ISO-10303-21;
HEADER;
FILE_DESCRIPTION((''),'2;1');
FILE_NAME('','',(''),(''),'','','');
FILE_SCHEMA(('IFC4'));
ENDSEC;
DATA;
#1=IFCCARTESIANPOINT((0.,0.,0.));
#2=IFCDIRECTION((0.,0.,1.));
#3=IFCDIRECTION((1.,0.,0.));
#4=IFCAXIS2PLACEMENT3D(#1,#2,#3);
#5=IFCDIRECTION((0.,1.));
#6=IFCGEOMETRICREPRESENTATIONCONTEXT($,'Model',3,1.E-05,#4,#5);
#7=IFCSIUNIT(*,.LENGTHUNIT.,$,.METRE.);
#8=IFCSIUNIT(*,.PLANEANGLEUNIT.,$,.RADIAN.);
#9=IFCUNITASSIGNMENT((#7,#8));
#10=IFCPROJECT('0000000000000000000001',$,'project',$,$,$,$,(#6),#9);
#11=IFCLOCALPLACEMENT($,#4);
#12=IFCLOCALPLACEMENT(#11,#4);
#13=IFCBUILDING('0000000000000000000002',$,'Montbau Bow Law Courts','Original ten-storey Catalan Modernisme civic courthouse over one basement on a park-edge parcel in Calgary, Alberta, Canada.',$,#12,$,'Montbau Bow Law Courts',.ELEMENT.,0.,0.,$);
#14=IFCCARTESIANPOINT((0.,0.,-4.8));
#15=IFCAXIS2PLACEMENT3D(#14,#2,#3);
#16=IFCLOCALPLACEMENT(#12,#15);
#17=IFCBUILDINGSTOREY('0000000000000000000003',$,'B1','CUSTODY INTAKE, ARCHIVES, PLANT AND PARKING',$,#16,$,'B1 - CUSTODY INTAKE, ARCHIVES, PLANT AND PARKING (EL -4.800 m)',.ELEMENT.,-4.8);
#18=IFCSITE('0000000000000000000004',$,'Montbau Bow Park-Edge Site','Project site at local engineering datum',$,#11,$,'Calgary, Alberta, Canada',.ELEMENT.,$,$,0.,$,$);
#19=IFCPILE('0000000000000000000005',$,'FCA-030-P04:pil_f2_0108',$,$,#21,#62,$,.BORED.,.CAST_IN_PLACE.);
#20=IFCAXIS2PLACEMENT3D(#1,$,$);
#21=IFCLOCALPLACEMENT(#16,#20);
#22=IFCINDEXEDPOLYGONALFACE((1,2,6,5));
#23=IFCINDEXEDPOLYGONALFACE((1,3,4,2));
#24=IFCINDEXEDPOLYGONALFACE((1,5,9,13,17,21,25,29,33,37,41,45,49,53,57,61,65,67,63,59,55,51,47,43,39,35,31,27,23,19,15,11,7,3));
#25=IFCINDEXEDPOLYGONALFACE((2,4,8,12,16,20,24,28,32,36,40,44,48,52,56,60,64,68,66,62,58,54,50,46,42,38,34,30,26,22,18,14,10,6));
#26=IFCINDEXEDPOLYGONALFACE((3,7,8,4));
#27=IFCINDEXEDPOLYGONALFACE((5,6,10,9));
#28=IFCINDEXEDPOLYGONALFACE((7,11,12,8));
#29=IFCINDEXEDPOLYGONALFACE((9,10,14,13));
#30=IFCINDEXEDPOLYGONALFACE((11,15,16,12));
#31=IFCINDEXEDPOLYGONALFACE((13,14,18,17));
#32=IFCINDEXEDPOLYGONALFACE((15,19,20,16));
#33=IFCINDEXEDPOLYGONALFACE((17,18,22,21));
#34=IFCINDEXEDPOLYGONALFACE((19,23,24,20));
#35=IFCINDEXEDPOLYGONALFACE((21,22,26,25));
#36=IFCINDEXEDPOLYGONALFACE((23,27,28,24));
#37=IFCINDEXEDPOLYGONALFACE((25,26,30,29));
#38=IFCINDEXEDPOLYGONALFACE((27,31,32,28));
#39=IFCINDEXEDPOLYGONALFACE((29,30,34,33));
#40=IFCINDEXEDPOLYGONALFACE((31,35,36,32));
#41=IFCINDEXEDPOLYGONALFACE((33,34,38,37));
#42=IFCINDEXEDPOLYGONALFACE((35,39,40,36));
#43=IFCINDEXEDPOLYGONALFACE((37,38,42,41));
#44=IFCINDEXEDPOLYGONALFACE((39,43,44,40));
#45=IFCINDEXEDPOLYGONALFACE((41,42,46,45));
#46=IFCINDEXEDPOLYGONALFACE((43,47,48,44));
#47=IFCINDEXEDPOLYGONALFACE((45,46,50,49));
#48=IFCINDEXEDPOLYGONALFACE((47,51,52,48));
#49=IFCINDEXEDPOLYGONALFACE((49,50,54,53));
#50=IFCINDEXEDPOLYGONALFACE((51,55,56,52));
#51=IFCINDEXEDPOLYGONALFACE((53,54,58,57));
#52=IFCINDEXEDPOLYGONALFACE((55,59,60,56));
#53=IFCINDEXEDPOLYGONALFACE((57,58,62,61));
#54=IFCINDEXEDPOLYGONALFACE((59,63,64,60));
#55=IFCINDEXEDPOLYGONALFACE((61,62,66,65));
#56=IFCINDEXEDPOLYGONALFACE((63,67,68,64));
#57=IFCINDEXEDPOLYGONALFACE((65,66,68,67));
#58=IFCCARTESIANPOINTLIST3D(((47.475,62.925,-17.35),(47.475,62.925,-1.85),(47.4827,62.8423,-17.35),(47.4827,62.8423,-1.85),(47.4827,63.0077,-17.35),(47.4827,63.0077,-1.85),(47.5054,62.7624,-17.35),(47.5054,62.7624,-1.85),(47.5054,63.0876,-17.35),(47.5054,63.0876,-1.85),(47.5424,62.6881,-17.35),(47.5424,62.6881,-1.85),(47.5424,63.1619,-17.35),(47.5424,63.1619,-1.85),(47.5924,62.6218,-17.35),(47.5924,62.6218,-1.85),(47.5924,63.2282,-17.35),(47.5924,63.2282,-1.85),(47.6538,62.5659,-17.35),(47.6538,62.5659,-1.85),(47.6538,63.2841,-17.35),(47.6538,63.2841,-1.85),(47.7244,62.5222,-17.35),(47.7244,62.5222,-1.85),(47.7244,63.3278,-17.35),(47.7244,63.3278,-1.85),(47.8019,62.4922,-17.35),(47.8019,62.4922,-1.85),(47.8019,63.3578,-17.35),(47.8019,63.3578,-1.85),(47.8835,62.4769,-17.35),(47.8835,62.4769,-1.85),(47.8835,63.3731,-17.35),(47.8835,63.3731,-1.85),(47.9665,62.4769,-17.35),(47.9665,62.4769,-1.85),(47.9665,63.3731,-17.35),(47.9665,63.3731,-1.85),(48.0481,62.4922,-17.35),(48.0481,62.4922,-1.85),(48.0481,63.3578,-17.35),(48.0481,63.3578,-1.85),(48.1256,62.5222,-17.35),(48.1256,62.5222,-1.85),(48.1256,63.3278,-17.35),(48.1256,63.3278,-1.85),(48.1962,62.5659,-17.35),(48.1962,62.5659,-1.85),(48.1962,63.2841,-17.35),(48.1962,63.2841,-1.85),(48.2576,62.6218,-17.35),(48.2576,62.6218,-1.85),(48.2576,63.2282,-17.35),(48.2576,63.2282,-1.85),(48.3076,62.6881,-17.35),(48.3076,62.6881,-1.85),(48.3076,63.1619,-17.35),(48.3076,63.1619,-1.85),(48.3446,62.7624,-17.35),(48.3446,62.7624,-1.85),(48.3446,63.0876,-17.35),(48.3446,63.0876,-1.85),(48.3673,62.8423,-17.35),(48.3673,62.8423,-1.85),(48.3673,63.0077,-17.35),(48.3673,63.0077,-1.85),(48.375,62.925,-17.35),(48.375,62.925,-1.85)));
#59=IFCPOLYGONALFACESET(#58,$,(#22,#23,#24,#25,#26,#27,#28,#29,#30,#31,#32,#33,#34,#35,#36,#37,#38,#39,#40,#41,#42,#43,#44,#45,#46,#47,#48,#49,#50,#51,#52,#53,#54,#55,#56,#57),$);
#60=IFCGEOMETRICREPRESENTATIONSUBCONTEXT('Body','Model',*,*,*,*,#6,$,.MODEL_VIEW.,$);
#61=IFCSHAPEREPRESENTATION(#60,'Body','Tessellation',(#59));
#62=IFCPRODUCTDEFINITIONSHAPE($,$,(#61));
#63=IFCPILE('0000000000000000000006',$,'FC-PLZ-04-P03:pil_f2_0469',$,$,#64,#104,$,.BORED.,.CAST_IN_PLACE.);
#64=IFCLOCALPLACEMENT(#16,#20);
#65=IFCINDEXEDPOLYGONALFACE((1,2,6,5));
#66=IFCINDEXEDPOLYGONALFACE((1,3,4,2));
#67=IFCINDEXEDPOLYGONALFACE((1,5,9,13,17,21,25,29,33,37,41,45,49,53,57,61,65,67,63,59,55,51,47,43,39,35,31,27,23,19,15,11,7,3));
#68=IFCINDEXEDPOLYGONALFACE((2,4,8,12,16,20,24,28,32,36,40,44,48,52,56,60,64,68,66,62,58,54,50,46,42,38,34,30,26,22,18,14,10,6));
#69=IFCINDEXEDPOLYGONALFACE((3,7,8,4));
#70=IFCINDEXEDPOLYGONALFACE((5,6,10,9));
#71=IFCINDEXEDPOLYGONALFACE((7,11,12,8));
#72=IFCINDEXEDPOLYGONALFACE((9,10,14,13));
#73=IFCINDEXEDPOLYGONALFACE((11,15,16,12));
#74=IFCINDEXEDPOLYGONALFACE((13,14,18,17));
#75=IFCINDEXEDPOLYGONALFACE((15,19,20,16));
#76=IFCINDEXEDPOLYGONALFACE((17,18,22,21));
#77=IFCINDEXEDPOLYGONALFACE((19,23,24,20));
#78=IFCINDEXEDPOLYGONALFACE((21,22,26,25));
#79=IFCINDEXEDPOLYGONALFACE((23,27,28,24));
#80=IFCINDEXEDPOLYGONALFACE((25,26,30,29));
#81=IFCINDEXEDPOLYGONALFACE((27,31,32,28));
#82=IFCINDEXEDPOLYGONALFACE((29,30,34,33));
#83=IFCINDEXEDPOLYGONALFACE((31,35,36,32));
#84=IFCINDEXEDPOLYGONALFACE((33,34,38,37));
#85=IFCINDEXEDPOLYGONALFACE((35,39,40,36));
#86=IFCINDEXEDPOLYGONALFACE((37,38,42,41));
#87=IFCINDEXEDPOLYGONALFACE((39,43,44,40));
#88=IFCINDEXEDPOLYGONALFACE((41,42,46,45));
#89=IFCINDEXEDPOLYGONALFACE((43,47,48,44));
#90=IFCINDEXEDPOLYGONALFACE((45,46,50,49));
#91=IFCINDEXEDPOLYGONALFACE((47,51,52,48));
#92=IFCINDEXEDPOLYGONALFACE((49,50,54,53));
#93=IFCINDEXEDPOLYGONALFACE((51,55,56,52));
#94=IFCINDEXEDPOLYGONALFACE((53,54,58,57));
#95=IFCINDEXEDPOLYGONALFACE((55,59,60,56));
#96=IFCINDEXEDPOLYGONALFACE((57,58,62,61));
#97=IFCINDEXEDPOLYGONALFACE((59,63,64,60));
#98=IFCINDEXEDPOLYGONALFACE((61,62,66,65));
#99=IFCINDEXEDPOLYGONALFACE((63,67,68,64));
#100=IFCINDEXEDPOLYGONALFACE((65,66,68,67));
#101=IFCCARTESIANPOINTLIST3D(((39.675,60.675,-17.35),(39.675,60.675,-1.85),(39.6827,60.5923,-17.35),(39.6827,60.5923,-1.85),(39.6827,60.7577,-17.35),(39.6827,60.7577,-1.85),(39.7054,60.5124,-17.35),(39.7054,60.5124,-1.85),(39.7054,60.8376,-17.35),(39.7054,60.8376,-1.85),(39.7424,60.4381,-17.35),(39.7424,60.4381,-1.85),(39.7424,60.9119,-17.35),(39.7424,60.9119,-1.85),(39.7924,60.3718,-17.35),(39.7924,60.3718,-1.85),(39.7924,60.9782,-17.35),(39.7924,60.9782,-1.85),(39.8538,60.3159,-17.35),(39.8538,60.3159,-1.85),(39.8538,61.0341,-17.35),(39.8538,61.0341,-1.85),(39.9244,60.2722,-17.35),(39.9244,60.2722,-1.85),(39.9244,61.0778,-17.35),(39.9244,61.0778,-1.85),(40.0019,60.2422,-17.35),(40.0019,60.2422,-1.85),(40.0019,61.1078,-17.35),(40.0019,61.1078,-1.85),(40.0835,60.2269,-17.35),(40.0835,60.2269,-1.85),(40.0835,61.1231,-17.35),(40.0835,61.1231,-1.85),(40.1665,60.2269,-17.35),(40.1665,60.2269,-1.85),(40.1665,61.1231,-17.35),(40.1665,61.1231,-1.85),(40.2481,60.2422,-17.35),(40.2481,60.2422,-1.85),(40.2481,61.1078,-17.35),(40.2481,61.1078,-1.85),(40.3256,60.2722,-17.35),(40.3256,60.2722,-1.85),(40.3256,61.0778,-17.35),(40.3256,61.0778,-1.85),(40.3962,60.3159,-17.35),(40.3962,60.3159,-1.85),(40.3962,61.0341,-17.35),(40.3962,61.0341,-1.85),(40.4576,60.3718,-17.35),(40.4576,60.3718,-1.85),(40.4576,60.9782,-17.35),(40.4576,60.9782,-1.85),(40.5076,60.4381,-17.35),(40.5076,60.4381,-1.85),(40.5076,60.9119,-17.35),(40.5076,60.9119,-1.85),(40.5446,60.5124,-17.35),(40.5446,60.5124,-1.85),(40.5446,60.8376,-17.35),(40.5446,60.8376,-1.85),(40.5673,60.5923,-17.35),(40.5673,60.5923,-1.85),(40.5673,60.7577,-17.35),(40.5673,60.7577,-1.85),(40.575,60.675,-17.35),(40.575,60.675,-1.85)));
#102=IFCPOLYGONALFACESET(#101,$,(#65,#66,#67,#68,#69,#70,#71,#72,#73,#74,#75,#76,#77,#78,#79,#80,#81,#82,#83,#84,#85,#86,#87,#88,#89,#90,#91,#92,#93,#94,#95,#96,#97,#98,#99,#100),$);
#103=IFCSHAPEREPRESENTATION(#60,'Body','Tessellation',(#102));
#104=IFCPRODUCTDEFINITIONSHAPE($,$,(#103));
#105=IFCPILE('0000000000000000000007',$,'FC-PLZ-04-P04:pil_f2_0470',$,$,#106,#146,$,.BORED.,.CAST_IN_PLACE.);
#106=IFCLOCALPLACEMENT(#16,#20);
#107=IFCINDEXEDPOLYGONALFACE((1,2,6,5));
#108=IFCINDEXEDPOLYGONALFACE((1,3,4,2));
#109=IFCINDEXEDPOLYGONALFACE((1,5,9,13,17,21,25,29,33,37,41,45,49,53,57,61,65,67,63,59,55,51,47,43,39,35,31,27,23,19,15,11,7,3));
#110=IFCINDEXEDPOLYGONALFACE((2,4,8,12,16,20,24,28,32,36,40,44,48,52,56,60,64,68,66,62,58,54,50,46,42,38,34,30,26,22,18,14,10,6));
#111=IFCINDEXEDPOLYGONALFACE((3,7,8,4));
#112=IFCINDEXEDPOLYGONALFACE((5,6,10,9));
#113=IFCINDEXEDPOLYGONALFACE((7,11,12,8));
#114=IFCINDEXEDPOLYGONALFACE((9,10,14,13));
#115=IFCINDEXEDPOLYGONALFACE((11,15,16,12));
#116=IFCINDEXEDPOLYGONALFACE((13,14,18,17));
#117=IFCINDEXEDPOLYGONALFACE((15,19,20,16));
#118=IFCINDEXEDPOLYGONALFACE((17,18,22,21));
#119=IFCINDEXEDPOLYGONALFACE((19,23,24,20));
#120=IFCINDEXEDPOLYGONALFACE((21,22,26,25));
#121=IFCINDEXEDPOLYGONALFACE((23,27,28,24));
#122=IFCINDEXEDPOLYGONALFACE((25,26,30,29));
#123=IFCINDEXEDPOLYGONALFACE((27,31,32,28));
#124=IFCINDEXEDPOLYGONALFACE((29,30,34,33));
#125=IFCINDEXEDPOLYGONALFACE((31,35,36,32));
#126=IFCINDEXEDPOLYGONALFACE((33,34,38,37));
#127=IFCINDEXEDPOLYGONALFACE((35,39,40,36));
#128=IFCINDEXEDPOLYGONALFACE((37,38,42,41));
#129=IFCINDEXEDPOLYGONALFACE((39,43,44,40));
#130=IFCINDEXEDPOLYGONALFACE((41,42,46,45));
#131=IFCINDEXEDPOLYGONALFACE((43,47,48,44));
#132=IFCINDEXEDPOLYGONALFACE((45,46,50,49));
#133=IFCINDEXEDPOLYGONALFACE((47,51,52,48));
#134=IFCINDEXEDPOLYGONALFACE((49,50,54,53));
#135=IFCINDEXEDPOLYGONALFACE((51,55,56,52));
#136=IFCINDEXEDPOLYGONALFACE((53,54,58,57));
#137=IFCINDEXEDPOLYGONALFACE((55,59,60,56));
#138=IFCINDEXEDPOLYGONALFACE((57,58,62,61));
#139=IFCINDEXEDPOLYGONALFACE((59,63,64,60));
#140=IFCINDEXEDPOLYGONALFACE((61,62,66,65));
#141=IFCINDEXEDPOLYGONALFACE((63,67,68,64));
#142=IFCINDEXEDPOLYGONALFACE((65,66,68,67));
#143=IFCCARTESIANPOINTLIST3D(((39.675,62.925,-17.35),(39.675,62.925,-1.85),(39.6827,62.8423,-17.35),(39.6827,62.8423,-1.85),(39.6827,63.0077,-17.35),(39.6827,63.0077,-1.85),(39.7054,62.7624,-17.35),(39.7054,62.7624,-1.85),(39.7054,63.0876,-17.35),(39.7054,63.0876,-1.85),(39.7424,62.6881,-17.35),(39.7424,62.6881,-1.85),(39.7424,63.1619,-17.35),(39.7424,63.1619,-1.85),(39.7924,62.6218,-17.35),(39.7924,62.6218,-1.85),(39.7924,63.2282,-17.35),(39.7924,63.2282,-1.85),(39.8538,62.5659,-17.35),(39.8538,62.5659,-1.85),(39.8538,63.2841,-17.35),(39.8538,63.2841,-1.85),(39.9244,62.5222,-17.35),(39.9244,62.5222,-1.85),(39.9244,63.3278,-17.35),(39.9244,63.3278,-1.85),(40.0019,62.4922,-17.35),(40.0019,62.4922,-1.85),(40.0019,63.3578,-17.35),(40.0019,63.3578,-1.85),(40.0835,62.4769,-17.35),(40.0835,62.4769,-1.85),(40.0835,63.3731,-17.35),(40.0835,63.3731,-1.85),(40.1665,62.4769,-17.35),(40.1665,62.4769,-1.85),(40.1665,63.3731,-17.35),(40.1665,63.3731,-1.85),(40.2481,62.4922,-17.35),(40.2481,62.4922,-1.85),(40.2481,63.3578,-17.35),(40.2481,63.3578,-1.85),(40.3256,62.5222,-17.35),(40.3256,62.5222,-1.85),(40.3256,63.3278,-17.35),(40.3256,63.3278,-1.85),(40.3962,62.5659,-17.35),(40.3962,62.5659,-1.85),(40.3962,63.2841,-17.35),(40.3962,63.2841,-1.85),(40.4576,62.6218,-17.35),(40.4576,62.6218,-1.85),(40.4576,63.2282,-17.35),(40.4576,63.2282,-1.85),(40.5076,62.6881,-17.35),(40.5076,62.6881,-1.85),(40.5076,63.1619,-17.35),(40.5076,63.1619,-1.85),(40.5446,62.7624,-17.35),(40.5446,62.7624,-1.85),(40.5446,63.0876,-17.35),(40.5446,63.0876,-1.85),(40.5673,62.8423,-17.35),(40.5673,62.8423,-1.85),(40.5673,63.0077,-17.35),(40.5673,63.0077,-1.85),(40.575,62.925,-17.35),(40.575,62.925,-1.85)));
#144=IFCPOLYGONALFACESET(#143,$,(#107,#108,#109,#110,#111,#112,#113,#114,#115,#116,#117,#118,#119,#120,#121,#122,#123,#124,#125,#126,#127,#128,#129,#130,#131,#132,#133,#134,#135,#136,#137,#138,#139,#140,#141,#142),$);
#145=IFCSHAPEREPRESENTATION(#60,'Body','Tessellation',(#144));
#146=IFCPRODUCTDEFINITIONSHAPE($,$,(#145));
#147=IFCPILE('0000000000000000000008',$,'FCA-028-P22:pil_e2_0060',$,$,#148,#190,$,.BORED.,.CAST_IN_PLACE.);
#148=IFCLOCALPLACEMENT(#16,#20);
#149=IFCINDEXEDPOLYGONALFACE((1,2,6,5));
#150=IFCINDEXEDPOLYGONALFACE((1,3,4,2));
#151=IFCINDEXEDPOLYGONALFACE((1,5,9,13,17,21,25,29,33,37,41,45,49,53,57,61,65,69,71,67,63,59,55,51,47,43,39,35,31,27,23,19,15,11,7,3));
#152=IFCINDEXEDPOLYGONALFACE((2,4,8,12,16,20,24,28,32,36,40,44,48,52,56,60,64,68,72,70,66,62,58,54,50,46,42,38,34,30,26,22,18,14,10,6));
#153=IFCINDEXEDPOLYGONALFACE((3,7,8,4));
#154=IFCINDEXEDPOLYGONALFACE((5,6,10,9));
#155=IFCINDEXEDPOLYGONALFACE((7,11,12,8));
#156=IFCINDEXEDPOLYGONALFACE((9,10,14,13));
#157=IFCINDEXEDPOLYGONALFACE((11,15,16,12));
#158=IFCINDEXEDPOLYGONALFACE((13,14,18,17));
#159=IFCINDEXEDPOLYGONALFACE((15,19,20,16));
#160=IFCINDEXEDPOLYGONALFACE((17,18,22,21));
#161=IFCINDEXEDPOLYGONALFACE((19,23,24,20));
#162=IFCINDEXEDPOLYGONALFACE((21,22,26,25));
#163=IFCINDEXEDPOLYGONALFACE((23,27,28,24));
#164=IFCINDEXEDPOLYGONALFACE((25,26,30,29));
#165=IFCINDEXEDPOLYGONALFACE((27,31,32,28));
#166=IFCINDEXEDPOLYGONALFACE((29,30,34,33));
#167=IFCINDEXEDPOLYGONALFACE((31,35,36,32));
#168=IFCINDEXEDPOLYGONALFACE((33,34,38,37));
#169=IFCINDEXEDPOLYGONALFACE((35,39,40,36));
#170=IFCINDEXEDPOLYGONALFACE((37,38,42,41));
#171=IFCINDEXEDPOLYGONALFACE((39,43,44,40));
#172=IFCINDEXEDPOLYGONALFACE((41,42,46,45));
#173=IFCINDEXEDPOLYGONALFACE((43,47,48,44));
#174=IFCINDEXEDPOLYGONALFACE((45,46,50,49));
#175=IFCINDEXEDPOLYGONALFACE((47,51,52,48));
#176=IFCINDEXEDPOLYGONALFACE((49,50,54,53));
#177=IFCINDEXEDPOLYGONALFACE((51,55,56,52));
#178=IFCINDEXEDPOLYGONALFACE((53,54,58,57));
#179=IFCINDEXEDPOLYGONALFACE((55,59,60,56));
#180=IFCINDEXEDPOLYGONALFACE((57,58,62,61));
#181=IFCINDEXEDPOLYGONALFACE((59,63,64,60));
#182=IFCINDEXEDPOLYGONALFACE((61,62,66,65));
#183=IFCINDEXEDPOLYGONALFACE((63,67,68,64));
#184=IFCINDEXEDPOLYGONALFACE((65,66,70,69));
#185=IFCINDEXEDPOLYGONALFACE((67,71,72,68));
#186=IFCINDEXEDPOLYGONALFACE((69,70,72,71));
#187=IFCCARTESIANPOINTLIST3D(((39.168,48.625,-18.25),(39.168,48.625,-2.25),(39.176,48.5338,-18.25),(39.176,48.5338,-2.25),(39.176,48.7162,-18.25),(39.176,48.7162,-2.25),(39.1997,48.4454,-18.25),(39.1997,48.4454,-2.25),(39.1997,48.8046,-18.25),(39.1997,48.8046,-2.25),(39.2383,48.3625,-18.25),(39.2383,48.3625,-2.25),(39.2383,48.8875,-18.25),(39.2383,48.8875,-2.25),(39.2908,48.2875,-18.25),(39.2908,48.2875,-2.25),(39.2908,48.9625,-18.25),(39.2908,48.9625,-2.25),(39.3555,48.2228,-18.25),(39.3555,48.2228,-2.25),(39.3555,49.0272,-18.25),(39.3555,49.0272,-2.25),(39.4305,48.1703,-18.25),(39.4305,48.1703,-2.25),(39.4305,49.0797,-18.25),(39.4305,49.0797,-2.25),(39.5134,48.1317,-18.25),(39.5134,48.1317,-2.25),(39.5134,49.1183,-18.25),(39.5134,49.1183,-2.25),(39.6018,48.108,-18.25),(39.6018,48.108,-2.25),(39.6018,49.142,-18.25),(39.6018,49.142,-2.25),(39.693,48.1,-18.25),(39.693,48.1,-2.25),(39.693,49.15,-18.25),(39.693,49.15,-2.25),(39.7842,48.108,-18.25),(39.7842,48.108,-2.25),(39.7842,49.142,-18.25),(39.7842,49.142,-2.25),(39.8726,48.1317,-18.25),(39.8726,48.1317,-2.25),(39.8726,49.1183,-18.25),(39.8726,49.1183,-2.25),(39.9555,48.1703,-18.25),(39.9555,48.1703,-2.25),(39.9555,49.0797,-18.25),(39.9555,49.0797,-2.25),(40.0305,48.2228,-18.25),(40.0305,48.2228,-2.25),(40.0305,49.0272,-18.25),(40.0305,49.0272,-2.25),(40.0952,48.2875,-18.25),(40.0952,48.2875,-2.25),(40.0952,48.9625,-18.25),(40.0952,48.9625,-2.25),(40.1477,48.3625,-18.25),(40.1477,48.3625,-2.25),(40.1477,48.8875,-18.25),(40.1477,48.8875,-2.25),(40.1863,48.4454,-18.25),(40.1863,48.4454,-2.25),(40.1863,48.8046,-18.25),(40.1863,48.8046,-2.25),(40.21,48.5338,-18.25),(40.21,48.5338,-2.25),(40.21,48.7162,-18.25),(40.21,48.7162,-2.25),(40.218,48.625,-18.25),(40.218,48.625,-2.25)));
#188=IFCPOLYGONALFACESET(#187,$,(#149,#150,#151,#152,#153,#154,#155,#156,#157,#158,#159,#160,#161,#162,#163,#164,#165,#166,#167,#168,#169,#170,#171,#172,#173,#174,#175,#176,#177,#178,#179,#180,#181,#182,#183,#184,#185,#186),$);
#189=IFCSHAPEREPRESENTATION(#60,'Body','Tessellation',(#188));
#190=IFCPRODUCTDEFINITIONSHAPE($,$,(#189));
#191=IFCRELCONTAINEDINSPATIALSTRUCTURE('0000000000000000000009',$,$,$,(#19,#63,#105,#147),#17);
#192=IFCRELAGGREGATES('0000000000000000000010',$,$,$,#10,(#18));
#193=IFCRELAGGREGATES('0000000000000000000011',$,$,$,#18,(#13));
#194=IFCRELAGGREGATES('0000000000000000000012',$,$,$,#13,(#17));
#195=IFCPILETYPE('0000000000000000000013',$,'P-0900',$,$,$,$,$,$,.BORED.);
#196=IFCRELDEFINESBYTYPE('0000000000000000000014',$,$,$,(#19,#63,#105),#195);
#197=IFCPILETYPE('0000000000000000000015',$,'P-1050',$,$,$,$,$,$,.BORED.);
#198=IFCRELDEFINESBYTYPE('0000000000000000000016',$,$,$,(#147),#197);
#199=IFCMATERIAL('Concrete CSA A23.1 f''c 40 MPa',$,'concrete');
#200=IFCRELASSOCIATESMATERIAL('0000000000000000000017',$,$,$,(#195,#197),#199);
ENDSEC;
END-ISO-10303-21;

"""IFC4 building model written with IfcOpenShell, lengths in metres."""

from ifc_helpers import new_model, si_unit, direction, frame, origin_with_axes, origin_2d_with_axis, place, context, subcontext, project, spatial, circle, extrude, material, material_profile, profile_set, type_object, element, save


model = new_model("IFC4")

# Units and contexts
model_context = context("Model", 3, precision=1e-05, world=origin_with_axes(), true_north=direction((0.0, 1.0)))
body_context = subcontext(model_context, "Body", "Model", "MODEL_VIEW")
ifc_project = project(units=[si_unit("LENGTHUNIT", "METRE"), si_unit("PLANEANGLEUNIT", "RADIAN")], contexts=[model_context])

# Site, building, storey
site_placement = place(None, origin_with_axes())
site = spatial("IfcSite", under=ifc_project, at=site_placement, Name="Montbau Bow Park-Edge Site", Description="Project site at local engineering datum", LongName="Calgary, Alberta, Canada", CompositionType="ELEMENT", RefElevation=0.0)
building_placement = place(site_placement, origin_with_axes())
building = spatial("IfcBuilding", under=site, at=building_placement, Name="Montbau Bow Law Courts", Description="Original ten-storey Catalan Modernisme civic courthouse over one basement on a park-edge parcel in Calgary, Alberta, Canada.", LongName="Montbau Bow Law Courts", CompositionType="ELEMENT", ElevationOfRefHeight=0.0, ElevationOfTerrain=0.0)
storey_placement = place(building_placement, frame((0.0, 0.0, -4.8), z_axis=(0.0, 0.0, 1.0), x_axis=(1.0, 0.0, 0.0)))
storey = spatial("IfcBuildingStorey", under=building, at=storey_placement, Name="B1", Description="CUSTODY INTAKE, ARCHIVES, PLANT AND PARKING", LongName="B1 - CUSTODY INTAKE, ARCHIVES, PLANT AND PARKING (EL -4.800 m)", CompositionType="ELEMENT", Elevation=-4.8)

# Piles
ifc_material_1 = material(Name="Concrete CSA A23.1 f'c 40 MPa", Category="concrete")
ifc_material_profile_1 = material_profile(ifc_material_1, circle(Radius=0.45, at=origin_2d_with_axis()), Name="BP900", Category="Main", Priority=0)
ifc_profile_set_1 = profile_set([ifc_material_profile_1], Name="Concrete CSA A23.1 f'c 40 MPa")
pile_type_1 = type_object("IfcPileType", Name="P-0900", PredefinedType="BORED", material=ifc_profile_set_1)
for number, where, z_axis, x_axis, name in (
    (1, (47.925, 62.925, -22.15), (0.0, 0.0, 1.0), (1.0, 0.0, 0.0), "FCA-030-P04:pil_f2_0108"),
    (2, (40.125, 60.675, -22.15), (0.0, 0.0, 1.0), (1.0, 0.0, 0.0), "FC-PLZ-04-P03:pil_f2_0469"),
    (3, (40.125, 62.925, -22.15), (0.0, 0.0, 1.0), (1.0, 0.0, 0.0), "FC-PLZ-04-P04:pil_f2_0470"),
):
    element("IfcPile", number, at=place(None, frame(where, z_axis=z_axis, x_axis=x_axis)), inside=storey, type_object=pile_type_1, Name=name, ConstructionType="CAST_IN_PLACE", PredefinedType="BORED", context=body_context, shape_type="SweptSolid", body=[
        extrude(circle(Radius=0.45, at=origin_2d_with_axis()), origin_with_axes(), (0.0, 0.0, 1.0), 15.5),
    ])
ifc_material_profile_2 = material_profile(ifc_material_1, circle(Radius=0.525, at=origin_2d_with_axis()), Name="BP1050", Category="Main", Priority=0)
ifc_profile_set_2 = profile_set([ifc_material_profile_2], Name="Concrete CSA A23.1 f'c 40 MPa")
pile_type_2 = type_object("IfcPileType", Name="P-1050", PredefinedType="BORED", material=ifc_profile_set_2)
for number, where, z_axis, x_axis, name in (
    (4, (39.693, 48.625, -23.05), (0.0, 0.0, 1.0), (1.0, 0.0, 0.0), "FCA-028-P22:pil_e2_0060"),
):
    element("IfcPile", number, at=place(None, frame(where, z_axis=z_axis, x_axis=x_axis)), inside=storey, type_object=pile_type_2, Name=name, ConstructionType="CAST_IN_PLACE", PredefinedType="BORED", context=body_context, shape_type="SweptSolid", body=[
        extrude(circle(Radius=0.525, at=origin_2d_with_axis()), origin_with_axes(), (0.0, 0.0, 1.0), 16.0),
    ])

save(model, "model.ifc")
